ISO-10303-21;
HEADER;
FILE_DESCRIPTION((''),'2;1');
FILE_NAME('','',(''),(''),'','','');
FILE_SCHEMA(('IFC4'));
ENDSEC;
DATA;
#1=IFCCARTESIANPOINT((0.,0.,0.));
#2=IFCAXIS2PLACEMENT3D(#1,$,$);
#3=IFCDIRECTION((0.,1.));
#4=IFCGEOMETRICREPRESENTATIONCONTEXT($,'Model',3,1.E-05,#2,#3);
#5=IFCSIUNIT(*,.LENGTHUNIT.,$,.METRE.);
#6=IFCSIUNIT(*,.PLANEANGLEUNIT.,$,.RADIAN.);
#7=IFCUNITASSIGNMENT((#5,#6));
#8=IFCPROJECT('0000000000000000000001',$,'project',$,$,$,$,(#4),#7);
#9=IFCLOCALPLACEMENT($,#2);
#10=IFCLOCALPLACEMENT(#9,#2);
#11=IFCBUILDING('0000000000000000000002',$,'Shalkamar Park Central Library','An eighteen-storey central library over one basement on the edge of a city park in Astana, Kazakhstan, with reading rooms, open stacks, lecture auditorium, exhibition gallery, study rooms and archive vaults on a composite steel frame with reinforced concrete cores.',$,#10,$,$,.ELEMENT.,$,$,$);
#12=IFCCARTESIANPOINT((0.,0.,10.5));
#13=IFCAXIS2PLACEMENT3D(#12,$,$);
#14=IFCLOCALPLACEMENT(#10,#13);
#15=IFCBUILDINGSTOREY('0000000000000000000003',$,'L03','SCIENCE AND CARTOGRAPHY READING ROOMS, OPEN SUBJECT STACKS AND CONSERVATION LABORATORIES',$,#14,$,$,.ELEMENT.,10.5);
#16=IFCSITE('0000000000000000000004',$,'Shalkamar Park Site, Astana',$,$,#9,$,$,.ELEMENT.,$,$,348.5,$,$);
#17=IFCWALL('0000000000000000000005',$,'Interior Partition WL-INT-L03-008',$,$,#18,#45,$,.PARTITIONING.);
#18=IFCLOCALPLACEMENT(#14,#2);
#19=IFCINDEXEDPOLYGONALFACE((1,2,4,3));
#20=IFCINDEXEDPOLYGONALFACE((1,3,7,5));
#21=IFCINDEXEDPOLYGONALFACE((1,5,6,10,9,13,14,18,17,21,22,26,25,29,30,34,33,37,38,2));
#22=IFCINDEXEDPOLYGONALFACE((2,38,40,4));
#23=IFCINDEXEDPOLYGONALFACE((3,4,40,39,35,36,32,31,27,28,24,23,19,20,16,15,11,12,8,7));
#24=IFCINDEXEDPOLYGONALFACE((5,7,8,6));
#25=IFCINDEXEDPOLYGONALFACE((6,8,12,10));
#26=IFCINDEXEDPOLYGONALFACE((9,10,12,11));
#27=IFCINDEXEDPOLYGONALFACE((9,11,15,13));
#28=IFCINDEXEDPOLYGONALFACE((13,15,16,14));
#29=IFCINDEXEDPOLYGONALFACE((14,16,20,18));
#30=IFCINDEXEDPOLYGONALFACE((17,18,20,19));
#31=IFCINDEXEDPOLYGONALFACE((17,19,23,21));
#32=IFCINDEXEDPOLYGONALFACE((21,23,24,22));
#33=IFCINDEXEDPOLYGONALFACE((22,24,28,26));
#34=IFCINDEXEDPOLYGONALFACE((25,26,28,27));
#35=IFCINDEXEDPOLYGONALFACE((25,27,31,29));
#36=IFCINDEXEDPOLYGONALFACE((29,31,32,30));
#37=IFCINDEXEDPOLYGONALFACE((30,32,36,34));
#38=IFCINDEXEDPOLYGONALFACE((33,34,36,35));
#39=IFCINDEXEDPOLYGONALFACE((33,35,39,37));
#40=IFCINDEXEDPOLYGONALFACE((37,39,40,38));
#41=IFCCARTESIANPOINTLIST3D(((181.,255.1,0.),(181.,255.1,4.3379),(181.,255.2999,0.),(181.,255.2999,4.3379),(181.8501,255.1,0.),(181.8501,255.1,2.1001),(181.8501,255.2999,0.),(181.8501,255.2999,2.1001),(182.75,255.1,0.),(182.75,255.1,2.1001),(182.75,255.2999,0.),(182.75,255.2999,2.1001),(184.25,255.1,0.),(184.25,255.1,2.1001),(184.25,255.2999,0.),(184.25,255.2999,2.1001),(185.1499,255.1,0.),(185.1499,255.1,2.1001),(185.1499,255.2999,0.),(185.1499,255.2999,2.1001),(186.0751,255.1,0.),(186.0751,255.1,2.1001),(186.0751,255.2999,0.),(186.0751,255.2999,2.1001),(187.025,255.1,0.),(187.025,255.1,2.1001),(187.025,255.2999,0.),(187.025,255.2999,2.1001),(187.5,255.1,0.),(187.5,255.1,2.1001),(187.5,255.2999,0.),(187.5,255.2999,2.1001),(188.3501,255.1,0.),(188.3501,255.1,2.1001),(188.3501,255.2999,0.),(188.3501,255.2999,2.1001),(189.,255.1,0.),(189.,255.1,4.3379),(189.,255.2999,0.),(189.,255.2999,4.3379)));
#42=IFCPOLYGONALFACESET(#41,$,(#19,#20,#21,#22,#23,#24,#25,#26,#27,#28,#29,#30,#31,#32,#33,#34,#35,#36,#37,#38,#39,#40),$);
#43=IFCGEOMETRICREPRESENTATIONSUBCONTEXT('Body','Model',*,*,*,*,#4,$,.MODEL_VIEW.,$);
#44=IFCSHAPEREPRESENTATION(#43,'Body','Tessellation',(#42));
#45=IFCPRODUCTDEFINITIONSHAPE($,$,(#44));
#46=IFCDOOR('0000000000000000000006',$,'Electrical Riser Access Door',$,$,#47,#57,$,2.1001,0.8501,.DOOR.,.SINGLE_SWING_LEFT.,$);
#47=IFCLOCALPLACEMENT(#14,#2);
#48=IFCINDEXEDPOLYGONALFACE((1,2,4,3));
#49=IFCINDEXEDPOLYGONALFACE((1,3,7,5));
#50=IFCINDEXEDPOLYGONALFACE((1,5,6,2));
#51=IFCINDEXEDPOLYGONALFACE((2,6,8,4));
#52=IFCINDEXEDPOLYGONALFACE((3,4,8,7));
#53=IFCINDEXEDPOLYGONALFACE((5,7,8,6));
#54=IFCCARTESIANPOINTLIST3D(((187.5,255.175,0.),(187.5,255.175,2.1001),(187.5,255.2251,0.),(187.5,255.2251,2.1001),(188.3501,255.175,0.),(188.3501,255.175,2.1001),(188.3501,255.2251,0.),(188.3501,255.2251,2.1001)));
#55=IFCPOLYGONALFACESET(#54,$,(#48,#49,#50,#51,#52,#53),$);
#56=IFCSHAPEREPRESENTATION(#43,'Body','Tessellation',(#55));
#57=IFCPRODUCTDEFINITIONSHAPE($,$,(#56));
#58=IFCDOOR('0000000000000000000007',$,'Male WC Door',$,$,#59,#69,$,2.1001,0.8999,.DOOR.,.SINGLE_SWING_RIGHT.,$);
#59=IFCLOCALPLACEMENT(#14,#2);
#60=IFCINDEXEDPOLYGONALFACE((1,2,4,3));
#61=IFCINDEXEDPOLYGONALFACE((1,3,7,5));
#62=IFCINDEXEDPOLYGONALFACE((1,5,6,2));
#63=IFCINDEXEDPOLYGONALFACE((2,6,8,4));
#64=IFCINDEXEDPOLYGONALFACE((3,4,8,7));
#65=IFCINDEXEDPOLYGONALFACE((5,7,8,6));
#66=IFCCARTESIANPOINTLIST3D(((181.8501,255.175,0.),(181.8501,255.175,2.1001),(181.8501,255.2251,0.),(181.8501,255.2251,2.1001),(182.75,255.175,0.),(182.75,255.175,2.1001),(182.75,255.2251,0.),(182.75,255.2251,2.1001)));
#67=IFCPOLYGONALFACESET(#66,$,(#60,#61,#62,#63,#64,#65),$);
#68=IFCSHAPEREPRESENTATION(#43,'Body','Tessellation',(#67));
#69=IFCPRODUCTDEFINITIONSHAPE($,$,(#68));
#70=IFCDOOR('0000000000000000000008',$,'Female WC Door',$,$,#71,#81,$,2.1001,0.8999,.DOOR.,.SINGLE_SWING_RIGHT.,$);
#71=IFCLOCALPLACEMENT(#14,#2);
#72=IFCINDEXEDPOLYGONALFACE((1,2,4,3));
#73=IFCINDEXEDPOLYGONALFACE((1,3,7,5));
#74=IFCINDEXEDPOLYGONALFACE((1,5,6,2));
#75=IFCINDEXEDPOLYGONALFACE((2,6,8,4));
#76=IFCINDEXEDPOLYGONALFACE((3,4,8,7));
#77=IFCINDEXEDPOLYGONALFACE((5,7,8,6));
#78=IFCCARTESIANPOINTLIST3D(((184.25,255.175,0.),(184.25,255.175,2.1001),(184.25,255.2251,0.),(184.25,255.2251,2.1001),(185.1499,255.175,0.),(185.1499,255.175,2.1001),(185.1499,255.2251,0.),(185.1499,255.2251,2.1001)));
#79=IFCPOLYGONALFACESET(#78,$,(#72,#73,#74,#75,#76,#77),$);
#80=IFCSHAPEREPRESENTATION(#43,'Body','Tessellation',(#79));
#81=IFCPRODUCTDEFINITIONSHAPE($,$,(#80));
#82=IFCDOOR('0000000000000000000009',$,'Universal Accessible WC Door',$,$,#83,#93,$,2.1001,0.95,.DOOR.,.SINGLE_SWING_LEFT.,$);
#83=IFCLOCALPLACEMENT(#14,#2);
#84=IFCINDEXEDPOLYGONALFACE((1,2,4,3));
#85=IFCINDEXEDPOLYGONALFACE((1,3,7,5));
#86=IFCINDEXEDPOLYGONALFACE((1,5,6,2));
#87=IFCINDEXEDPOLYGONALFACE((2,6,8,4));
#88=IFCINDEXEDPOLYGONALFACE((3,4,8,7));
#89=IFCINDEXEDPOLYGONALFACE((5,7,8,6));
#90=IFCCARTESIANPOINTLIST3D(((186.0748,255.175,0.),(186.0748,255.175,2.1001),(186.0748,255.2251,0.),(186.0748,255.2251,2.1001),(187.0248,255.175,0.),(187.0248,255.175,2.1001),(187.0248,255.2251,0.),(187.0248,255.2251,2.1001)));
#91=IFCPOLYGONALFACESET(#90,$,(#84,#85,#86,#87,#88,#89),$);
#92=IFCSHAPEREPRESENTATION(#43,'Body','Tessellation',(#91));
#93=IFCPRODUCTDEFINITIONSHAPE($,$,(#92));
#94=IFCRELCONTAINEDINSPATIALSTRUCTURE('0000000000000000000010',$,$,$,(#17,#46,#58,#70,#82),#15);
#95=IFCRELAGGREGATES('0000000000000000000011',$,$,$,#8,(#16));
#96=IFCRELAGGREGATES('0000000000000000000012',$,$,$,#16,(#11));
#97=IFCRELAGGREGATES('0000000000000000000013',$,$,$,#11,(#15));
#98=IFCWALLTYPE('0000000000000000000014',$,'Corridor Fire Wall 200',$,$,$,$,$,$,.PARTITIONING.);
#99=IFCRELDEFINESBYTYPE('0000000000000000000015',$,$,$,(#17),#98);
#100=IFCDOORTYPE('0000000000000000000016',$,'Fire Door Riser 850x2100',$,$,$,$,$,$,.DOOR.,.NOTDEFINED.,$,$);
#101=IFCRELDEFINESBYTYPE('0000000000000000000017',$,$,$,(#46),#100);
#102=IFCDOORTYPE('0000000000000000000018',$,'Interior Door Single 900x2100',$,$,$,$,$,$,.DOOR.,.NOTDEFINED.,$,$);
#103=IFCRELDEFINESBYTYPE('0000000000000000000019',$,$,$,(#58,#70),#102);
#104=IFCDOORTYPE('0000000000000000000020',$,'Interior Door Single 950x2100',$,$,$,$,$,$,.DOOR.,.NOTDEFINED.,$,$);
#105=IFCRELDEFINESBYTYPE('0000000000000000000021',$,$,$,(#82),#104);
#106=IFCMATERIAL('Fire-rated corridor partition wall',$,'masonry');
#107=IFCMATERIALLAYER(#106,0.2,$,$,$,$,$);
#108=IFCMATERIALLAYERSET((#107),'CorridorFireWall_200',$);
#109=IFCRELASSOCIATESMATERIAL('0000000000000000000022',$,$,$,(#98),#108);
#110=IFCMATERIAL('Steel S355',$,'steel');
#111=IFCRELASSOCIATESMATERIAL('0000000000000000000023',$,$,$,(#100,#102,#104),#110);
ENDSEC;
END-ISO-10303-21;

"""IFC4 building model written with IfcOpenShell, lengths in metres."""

from ifc_helpers import new_model, si_unit, direction, frame, frame_2d, origin, place, context, subcontext, project, spatial, rectangle, extrude, material, layer, layer_set, type_object, element, fill, save


model = new_model("IFC4")

# Units and contexts
model_context = context("Model", 3, precision=1e-05, world=origin(), true_north=direction((0.0, 1.0)))
body_context = subcontext(model_context, "Body", "Model", "MODEL_VIEW")
ifc_project = project(units=[si_unit("LENGTHUNIT", "METRE"), si_unit("PLANEANGLEUNIT", "RADIAN")], contexts=[model_context])

# Site, building, storey
site_placement = place(None, origin())
site = spatial("IfcSite", under=ifc_project, at=site_placement, Name="Shalkamar Park Site, Astana", CompositionType="ELEMENT", RefElevation=348.5)
building_placement = place(site_placement, origin())
building = spatial("IfcBuilding", under=site, at=building_placement, Name="Shalkamar Park Central Library", Description="An eighteen-storey central library over one basement on the edge of a city park in Astana, Kazakhstan, with reading rooms, open stacks, lecture auditorium, exhibition gallery, study rooms and archive vaults on a composite steel frame with reinforced concrete cores.", CompositionType="ELEMENT")
storey_placement = place(building_placement, frame((0.0, 0.0, 10.5)))
storey = spatial("IfcBuildingStorey", under=building, at=storey_placement, Name="L03", Description="SCIENCE AND CARTOGRAPHY READING ROOMS, OPEN SUBJECT STACKS AND CONSERVATION LABORATORIES", CompositionType="ELEMENT", Elevation=10.5)

# Shared definitions
ifc_material_1 = material(Name="Steel S355", Category="steel")

# Wall, openings, doors
ifc_material_2 = material(Name="Fire-rated corridor partition wall", Category="masonry")
ifc_layer_1 = layer(ifc_material_2, 0.2)
ifc_layer_set_1 = layer_set([ifc_layer_1], Name="CorridorFireWall_200")
wall_type_1 = type_object("IfcWallType", Name="Corridor Fire Wall 200", PredefinedType="PARTITIONING", material=ifc_layer_set_1)
wall_1_placement = place(storey_placement, frame((181.0, 255.2, 0.0), z_axis=(0.0, 0.0, 1.0), x_axis=(1.0, 0.0, 0.0)))
wall_1 = element("IfcWall", 1, at=wall_1_placement, inside=storey, type_object=wall_type_1, Name="Interior Partition WL-INT-L03-008", PredefinedType="PARTITIONING", context=body_context, shape_type="SweptSolid", body=[
    extrude(rectangle(XDim=8.0, YDim=0.2, at=frame_2d((4.0, 0.0))), origin(), (0.0, 0.0, 1.0), 4.3379),
])
opening_1_placement = place(wall_1_placement, frame((0.8501, 0.0, 0.0)))
opening_1 = element("IfcOpeningElement", 2, at=opening_1_placement, cuts=wall_1, PredefinedType="OPENING", context=body_context, shape_type="SweptSolid", body=[
    extrude(rectangle(XDim=0.8999, YDim=2.1001, at=frame_2d((0.45, 1.05))), frame((0.0, 0.1147, 0.0), z_axis=(0.0, -1.0, 0.0), x_axis=(1.0, 0.0, 0.0)), (0.0, 0.0, 1.0), 0.2297),
])
opening_2_placement = place(wall_1_placement, frame((3.25, 0.0, 0.0)))
opening_2 = element("IfcOpeningElement", 3, at=opening_2_placement, cuts=wall_1, PredefinedType="OPENING", context=body_context, shape_type="SweptSolid", body=[
    extrude(rectangle(XDim=0.8999, YDim=2.1001, at=frame_2d((0.45, 1.05))), frame((0.0, 0.1147, 0.0), z_axis=(0.0, -1.0, 0.0), x_axis=(1.0, 0.0, 0.0)), (0.0, 0.0, 1.0), 0.2297),
])
opening_3_placement = place(wall_1_placement, frame((5.075, 0.0, 0.0)))
opening_3 = element("IfcOpeningElement", 4, at=opening_3_placement, cuts=wall_1, PredefinedType="OPENING", context=body_context, shape_type="SweptSolid", body=[
    extrude(rectangle(XDim=0.95, YDim=2.1001, at=frame_2d((0.4751, 1.05))), frame((0.0, 0.1147, 0.0), z_axis=(0.0, -1.0, 0.0), x_axis=(1.0, 0.0, 0.0)), (0.0, 0.0, 1.0), 0.2297),
])
opening_4_placement = place(wall_1_placement, frame((6.5, 0.0, 0.0)))
opening_4 = element("IfcOpeningElement", 5, at=opening_4_placement, cuts=wall_1, PredefinedType="OPENING", context=body_context, shape_type="SweptSolid", body=[
    extrude(rectangle(XDim=0.8501, YDim=2.1001, at=frame_2d((0.425, 1.05))), frame((0.0, 0.1147, 0.0), z_axis=(0.0, -1.0, 0.0), x_axis=(1.0, 0.0, 0.0)), (0.0, 0.0, 1.0), 0.2297),
])
door_type_1 = type_object("IfcDoorType", Name="Fire Door Riser 850x2100", OperationType="NOTDEFINED", PredefinedType="DOOR", material=ifc_material_1)
door_1_placement = place(opening_4_placement, frame((0.8501, 0.0, 0.0), z_axis=(0.0, 0.0, 1.0), x_axis=(-1.0, 0.0, 0.0)))
door_1 = element("IfcDoor", 6, at=door_1_placement, inside=storey, type_object=door_type_1, Name="Electrical Riser Access Door", OperationType="SINGLE_SWING_LEFT", OverallHeight=2.1001, OverallWidth=0.8501, PredefinedType="DOOR", context=body_context, shape_type="SweptSolid", body=[
    extrude(rectangle(XDim=0.8501, YDim=2.1001, at=frame_2d((0.425, 1.05))), frame((0.0, 0.0249, 0.0), z_axis=(0.0, -1.0, 0.0), x_axis=(1.0, 0.0, 0.0)), (0.0, 0.0, 1.0), 0.05),
])
fill(opening_4, door_1)
door_type_2 = type_object("IfcDoorType", Name="Interior Door Single 900x2100", OperationType="NOTDEFINED", PredefinedType="DOOR", material=ifc_material_1)
door_2_placement = place(opening_1_placement, frame((0.8999, 0.0, 0.0), z_axis=(0.0, 0.0, 1.0), x_axis=(-1.0, 0.0, 0.0)))
door_2 = element("IfcDoor", 7, at=door_2_placement, inside=storey, type_object=door_type_2, Name="Male WC Door", OperationType="SINGLE_SWING_RIGHT", OverallHeight=2.1001, OverallWidth=0.8999, PredefinedType="DOOR", context=body_context, shape_type="SweptSolid", body=[
    extrude(rectangle(XDim=0.8999, YDim=2.1001, at=frame_2d((0.45, 1.05))), frame((0.0, 0.0249, 0.0), z_axis=(0.0, -1.0, 0.0), x_axis=(1.0, 0.0, 0.0)), (0.0, 0.0, 1.0), 0.05),
])
fill(opening_1, door_2)
door_3_placement = place(opening_2_placement, frame((0.8999, 0.0, 0.0), z_axis=(0.0, 0.0, 1.0), x_axis=(-1.0, 0.0, 0.0)))
door_3 = element("IfcDoor", 8, at=door_3_placement, inside=storey, type_object=door_type_2, Name="Female WC Door", OperationType="SINGLE_SWING_RIGHT", OverallHeight=2.1001, OverallWidth=0.8999, PredefinedType="DOOR", context=body_context, shape_type="SweptSolid", body=[
    extrude(rectangle(XDim=0.8999, YDim=2.1001, at=frame_2d((0.45, 1.05))), frame((0.0, 0.0249, 0.0), z_axis=(0.0, -1.0, 0.0), x_axis=(1.0, 0.0, 0.0)), (0.0, 0.0, 1.0), 0.05),
])
fill(opening_2, door_3)
door_type_3 = type_object("IfcDoorType", Name="Interior Door Single 950x2100", OperationType="NOTDEFINED", PredefinedType="DOOR", material=ifc_material_1)
door_4_placement = place(opening_3_placement, frame((0.95, 0.0, 0.0), z_axis=(0.0, 0.0, 1.0), x_axis=(-1.0, 0.0, 0.0)))
door_4 = element("IfcDoor", 9, at=door_4_placement, inside=storey, type_object=door_type_3, Name="Universal Accessible WC Door", OperationType="SINGLE_SWING_LEFT", OverallHeight=2.1001, OverallWidth=0.95, PredefinedType="DOOR", context=body_context, shape_type="SweptSolid", body=[
    extrude(rectangle(XDim=0.95, YDim=2.1001, at=frame_2d((0.4751, 1.05))), frame((0.0, 0.0249, 0.0), z_axis=(0.0, -1.0, 0.0), x_axis=(1.0, 0.0, 0.0)), (0.0, 0.0, 1.0), 0.05),
])
fill(opening_3, door_4)

save(model, "model.ifc")
